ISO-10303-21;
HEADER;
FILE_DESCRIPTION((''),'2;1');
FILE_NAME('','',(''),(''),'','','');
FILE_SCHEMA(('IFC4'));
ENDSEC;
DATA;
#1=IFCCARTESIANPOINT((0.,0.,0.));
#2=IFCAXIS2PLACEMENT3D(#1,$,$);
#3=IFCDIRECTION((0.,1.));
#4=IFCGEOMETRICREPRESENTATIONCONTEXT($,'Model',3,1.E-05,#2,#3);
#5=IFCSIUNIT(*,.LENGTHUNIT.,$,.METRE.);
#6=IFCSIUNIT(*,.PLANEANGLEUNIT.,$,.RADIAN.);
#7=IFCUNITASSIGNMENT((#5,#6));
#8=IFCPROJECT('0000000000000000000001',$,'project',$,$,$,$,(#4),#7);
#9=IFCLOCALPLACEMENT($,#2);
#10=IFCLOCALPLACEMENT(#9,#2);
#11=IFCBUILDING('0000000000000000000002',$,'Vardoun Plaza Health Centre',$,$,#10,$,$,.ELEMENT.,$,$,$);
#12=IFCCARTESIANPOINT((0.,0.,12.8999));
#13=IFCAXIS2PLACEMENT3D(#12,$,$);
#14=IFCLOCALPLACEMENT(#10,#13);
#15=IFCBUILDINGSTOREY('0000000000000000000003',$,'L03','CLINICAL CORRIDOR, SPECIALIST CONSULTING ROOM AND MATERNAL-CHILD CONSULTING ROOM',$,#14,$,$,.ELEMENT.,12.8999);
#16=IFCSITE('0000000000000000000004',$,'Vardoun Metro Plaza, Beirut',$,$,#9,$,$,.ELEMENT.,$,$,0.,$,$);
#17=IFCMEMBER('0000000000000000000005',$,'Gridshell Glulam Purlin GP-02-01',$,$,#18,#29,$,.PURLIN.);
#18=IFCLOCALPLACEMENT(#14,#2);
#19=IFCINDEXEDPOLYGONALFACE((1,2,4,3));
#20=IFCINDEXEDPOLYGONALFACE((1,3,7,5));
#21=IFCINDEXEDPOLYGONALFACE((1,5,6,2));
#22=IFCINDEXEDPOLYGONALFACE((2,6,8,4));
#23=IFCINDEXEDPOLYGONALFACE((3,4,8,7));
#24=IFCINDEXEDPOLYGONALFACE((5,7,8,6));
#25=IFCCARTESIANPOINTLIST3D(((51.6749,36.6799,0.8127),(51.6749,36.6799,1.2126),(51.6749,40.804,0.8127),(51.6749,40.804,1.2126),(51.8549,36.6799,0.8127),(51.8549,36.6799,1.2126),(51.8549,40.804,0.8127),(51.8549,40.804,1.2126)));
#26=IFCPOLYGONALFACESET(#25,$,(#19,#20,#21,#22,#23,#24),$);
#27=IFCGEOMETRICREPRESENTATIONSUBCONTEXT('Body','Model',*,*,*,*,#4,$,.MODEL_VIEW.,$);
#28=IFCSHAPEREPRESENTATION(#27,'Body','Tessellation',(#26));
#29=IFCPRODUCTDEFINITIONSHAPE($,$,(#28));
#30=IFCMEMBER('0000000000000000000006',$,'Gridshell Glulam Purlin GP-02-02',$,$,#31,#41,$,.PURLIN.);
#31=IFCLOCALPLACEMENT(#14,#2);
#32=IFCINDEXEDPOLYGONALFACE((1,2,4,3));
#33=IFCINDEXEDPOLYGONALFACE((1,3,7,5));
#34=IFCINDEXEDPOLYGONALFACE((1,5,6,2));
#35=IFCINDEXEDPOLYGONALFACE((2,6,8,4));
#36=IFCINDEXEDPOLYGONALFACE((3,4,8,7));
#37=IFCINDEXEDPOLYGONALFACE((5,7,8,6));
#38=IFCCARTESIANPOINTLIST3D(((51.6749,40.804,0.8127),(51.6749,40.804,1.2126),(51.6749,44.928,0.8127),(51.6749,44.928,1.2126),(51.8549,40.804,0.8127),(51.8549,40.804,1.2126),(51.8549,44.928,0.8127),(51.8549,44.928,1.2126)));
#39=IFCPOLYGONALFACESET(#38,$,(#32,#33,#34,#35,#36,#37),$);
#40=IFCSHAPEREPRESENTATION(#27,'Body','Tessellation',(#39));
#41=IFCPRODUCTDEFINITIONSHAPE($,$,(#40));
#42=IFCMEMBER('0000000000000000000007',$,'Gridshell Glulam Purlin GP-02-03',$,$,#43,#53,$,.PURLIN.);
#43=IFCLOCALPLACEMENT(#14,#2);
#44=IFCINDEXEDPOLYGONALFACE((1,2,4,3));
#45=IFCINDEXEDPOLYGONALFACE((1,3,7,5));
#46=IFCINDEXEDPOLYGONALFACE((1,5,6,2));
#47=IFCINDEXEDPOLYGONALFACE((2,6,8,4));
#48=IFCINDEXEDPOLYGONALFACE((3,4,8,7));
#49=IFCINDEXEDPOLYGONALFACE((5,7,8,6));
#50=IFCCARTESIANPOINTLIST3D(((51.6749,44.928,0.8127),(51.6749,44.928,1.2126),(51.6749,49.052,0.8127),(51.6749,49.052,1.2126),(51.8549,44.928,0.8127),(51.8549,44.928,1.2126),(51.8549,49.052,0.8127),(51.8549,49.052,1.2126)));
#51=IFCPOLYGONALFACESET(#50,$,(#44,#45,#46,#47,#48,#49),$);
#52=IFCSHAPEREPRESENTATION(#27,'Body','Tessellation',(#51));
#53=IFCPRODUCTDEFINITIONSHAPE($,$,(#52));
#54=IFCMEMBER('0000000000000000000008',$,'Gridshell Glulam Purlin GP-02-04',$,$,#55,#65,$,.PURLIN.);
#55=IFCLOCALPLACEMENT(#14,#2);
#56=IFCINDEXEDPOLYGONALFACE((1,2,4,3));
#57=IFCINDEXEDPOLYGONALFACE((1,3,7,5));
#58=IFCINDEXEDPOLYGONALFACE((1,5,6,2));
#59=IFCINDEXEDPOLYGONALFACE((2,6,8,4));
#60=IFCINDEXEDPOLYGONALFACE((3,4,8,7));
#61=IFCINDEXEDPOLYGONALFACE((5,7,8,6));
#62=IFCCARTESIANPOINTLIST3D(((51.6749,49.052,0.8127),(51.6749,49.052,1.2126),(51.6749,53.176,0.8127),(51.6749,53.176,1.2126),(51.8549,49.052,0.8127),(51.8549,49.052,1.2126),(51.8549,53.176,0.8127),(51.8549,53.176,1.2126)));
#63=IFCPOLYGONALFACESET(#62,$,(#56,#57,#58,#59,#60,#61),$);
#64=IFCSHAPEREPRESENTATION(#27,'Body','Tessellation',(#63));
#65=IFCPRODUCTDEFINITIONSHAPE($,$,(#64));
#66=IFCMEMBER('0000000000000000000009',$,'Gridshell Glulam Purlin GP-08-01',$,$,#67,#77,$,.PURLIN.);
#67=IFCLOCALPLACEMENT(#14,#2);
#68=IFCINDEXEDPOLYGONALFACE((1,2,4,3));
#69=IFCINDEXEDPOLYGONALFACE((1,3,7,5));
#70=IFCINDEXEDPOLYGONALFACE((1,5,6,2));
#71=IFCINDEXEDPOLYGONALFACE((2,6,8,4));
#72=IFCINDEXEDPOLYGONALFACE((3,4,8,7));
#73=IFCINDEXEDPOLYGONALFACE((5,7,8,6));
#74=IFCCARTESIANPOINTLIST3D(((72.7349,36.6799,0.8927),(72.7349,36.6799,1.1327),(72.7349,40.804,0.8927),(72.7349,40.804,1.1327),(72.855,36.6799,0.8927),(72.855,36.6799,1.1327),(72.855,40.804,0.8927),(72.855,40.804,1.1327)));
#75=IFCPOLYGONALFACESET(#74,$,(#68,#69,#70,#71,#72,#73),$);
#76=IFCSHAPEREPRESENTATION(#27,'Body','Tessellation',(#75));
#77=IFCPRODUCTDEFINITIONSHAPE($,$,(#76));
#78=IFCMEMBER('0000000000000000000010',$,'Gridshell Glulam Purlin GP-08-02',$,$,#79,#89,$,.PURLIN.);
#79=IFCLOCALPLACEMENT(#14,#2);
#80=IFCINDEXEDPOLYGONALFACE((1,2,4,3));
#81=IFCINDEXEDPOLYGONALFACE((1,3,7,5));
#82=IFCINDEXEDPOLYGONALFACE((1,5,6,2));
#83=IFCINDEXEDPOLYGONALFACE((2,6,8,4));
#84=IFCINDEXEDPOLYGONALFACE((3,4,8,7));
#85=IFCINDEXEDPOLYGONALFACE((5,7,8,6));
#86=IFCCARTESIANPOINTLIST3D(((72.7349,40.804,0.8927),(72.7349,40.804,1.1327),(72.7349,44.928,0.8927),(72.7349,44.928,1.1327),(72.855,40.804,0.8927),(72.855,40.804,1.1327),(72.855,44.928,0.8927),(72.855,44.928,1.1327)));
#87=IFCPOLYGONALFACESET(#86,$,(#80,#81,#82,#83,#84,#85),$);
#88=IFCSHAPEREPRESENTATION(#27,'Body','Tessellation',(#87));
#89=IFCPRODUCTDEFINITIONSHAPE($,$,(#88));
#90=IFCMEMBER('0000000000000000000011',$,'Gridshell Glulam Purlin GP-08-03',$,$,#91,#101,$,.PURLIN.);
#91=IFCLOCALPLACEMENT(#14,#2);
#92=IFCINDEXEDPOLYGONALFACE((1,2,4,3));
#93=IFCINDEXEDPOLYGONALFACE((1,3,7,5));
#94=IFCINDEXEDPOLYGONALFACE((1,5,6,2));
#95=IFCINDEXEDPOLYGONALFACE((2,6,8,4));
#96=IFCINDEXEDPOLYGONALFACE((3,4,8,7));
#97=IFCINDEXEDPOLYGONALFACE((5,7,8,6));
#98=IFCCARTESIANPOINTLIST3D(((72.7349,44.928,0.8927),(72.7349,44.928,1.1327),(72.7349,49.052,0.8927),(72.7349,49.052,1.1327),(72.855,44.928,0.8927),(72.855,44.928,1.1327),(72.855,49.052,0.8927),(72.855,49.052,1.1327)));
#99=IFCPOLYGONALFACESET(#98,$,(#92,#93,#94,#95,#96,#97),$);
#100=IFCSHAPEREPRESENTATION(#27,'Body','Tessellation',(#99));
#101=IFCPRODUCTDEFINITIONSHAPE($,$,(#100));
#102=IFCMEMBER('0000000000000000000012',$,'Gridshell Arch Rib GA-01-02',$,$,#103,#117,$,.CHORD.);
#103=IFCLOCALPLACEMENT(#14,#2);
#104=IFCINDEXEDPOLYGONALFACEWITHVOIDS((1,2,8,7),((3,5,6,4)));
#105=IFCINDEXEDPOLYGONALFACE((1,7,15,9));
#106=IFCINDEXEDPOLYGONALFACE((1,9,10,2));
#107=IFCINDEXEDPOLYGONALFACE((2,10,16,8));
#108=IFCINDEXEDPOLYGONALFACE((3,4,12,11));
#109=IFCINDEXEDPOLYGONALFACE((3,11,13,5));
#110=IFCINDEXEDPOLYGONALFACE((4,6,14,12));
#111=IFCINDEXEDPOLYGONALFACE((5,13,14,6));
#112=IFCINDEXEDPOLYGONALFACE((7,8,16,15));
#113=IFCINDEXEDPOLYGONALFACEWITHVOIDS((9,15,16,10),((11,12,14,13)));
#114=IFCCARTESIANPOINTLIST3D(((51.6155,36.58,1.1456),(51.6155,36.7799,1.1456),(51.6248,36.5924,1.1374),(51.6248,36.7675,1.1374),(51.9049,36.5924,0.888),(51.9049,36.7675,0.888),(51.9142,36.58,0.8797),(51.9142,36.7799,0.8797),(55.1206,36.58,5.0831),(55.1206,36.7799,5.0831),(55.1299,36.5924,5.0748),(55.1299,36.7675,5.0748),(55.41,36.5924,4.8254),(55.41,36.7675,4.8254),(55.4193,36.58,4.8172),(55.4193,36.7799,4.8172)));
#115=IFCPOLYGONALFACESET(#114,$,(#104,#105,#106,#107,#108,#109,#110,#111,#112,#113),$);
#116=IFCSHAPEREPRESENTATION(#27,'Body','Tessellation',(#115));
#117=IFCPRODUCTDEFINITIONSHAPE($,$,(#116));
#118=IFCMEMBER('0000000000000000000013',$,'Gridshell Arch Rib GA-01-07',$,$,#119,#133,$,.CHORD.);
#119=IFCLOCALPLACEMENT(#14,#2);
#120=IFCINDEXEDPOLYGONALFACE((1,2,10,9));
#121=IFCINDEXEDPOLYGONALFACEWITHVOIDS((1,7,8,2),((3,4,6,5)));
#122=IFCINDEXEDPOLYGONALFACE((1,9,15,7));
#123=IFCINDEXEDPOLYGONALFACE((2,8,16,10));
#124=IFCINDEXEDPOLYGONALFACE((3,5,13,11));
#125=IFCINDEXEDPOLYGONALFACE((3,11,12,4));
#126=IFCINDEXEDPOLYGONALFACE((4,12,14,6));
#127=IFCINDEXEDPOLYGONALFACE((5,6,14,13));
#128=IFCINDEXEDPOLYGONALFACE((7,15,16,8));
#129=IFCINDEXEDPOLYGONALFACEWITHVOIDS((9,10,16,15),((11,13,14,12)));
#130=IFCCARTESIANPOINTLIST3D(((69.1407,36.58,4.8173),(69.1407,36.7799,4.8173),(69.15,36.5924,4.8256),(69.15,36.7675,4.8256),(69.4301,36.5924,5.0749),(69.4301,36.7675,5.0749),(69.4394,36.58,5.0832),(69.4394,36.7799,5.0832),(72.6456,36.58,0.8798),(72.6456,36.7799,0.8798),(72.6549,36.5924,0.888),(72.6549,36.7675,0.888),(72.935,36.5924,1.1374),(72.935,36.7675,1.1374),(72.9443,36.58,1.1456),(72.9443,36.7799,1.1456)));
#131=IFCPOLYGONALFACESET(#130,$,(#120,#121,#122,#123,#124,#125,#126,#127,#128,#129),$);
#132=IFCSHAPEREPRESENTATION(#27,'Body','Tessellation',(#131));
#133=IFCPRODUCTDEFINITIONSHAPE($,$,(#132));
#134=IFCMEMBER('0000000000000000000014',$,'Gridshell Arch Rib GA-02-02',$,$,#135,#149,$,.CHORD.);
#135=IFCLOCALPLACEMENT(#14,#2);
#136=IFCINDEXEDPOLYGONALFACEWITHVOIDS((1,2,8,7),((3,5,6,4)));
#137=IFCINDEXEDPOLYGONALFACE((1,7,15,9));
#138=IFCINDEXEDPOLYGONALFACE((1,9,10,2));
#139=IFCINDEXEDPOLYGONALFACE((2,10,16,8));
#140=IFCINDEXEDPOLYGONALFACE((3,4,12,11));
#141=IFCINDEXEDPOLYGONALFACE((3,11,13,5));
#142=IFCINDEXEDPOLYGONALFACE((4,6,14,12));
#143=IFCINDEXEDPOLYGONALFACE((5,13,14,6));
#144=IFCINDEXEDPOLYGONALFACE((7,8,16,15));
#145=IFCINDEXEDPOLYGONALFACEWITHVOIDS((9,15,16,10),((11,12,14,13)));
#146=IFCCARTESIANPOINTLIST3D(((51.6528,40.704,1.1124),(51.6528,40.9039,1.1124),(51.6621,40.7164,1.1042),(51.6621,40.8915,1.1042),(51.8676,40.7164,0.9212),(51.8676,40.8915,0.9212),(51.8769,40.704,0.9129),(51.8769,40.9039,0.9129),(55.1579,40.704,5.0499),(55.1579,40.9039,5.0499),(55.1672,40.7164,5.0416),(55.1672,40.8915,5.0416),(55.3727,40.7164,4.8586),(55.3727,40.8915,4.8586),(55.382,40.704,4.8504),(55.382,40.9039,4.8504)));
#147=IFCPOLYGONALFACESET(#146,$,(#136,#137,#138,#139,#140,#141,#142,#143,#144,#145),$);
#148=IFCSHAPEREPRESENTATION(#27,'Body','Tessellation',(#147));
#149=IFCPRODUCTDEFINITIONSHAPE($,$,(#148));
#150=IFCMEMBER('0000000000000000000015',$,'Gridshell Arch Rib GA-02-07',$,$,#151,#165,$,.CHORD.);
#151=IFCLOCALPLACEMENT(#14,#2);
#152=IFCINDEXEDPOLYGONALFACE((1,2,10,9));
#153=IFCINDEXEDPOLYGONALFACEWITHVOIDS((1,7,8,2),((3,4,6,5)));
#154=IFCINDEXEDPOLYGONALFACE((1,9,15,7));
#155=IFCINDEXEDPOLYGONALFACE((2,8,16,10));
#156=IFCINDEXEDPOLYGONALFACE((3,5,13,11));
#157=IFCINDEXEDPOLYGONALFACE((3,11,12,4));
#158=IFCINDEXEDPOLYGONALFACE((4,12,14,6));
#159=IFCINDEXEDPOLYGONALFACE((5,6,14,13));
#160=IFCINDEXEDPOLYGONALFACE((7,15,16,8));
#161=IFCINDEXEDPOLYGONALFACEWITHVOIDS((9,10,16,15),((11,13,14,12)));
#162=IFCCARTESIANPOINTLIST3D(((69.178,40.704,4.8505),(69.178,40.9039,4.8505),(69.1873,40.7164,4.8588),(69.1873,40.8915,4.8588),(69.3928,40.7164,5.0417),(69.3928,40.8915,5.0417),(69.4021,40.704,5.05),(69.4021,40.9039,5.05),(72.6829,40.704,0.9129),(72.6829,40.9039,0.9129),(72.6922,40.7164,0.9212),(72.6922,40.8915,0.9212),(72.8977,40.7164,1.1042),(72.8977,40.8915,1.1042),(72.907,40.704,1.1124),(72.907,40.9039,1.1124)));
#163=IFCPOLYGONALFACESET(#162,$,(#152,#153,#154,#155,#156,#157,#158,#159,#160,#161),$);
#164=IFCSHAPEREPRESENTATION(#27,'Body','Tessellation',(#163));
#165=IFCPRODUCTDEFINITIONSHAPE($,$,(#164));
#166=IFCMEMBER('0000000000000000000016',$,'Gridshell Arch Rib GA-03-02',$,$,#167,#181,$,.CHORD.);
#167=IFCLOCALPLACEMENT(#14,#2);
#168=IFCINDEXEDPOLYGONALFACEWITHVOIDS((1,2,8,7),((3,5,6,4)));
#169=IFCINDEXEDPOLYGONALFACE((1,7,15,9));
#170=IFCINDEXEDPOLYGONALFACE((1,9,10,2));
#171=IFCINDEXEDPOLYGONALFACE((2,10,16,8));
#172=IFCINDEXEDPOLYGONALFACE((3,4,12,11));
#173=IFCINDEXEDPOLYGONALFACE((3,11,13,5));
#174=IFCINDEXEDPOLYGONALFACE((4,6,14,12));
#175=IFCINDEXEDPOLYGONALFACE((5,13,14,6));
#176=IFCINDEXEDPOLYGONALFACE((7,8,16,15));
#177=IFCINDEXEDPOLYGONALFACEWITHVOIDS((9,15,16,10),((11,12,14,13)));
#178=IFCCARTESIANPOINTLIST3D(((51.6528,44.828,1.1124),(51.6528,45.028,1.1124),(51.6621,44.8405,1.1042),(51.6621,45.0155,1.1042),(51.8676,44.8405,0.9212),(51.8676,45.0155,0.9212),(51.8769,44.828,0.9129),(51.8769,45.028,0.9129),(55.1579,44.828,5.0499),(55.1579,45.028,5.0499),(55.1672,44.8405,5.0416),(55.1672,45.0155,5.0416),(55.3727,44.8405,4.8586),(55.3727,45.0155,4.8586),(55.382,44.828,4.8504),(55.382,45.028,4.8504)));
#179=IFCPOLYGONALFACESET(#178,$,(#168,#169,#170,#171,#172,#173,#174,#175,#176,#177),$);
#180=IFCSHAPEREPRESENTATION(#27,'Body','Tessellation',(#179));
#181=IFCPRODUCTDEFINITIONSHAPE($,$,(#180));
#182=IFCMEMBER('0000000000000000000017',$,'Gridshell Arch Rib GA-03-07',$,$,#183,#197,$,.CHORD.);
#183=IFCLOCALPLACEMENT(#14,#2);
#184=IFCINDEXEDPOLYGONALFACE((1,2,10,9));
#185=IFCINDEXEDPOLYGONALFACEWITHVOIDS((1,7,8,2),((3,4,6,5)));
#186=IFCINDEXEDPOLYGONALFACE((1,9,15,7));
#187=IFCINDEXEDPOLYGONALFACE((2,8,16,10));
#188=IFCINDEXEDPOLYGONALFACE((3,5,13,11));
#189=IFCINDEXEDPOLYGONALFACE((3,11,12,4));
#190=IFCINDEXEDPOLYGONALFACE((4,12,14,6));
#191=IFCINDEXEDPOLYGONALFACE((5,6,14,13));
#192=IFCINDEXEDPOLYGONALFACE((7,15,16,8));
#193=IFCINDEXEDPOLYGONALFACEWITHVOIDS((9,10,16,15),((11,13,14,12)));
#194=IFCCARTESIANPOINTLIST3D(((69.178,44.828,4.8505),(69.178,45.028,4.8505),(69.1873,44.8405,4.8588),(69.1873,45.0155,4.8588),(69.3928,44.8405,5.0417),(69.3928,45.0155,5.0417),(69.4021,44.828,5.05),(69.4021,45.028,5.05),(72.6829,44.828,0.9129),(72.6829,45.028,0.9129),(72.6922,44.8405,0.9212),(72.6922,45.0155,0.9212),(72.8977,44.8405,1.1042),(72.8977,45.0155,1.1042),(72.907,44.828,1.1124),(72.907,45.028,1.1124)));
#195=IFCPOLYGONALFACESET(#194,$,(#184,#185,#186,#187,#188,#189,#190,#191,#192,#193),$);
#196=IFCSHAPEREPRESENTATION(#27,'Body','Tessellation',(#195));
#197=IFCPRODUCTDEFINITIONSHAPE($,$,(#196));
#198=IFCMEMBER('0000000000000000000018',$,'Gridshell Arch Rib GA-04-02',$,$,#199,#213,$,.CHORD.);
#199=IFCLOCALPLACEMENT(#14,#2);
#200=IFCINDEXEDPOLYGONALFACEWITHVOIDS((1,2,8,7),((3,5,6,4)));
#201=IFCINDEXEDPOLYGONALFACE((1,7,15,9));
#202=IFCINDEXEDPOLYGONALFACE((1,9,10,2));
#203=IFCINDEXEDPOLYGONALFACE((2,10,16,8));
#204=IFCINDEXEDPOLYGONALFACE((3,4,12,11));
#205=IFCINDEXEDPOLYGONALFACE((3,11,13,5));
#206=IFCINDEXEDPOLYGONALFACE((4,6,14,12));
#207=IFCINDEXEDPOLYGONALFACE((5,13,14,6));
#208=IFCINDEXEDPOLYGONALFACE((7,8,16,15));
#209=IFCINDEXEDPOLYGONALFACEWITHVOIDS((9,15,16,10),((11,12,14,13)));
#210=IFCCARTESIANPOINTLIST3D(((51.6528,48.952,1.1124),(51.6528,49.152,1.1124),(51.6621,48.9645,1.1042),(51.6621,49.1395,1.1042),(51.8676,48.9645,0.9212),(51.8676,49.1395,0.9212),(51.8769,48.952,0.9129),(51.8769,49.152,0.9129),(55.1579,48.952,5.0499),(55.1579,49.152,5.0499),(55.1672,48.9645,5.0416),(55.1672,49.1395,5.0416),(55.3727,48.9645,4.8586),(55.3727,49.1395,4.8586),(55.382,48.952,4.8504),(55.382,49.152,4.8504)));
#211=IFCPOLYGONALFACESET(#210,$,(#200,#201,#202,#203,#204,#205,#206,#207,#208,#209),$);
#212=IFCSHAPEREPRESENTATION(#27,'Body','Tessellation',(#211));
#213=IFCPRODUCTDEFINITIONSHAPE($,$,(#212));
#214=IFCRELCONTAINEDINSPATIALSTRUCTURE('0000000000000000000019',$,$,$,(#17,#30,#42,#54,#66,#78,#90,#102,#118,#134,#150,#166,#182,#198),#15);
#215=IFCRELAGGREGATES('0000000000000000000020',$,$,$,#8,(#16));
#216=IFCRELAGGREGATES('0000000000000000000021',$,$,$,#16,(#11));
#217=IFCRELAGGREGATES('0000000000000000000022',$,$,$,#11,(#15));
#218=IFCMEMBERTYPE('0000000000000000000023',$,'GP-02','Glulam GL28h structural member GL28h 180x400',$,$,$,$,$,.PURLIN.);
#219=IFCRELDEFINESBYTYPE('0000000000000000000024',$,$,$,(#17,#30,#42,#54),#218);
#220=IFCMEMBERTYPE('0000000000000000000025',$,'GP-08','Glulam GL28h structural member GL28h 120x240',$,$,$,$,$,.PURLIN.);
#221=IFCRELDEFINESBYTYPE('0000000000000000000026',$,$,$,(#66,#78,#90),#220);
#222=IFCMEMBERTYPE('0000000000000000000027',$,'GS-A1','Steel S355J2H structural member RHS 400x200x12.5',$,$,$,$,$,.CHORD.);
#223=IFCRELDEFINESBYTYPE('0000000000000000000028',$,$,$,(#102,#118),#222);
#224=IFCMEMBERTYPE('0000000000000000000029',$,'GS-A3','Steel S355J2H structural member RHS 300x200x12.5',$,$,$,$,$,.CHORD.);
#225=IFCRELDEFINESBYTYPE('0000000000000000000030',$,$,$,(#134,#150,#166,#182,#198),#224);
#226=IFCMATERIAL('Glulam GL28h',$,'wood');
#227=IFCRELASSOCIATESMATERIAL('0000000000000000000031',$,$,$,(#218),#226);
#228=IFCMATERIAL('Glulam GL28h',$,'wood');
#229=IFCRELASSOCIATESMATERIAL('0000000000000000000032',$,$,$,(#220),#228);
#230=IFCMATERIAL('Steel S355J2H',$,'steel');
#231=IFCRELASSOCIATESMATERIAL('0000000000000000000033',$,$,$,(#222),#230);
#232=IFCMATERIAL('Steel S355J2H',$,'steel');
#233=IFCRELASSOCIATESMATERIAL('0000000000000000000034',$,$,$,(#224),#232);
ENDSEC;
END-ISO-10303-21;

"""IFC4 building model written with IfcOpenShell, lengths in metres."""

from ifc_helpers import new_model, si_unit, direction, frame, origin, origin_2d, place, context, subcontext, project, spatial, rectangle, hollow_rectangle, extrude, material, material_profile, profile_set, type_object, element, save


model = new_model("IFC4")

# Units and contexts
model_context = context("Model", 3, precision=1e-05, world=origin(), true_north=direction((0.0, 1.0)))
body_context = subcontext(model_context, "Body", "Model", "MODEL_VIEW")
ifc_project = project(units=[si_unit("LENGTHUNIT", "METRE"), si_unit("PLANEANGLEUNIT", "RADIAN")], contexts=[model_context])

# Site, building, storey
site_placement = place(None, origin())
site = spatial("IfcSite", under=ifc_project, at=site_placement, Name="Vardoun Metro Plaza, Beirut", CompositionType="ELEMENT", RefElevation=0.0)
building_placement = place(site_placement, origin())
building = spatial("IfcBuilding", under=site, at=building_placement, Name="Vardoun Plaza Health Centre", CompositionType="ELEMENT")
storey_placement = place(building_placement, frame((0.0, 0.0, 12.8999)))
storey = spatial("IfcBuildingStorey", under=building, at=storey_placement, Name="L03", Description="CLINICAL CORRIDOR, SPECIALIST CONSULTING ROOM AND MATERNAL-CHILD CONSULTING ROOM", CompositionType="ELEMENT", Elevation=12.8999)

# Members
ifc_material_1 = material(Name="Glulam GL28h", Category="wood")
ifc_material_profile_1 = material_profile(ifc_material_1, rectangle(XDim=0.1799, YDim=0.3999, at=origin_2d()), Name="GL28h 180x400")
ifc_profile_set_1 = profile_set([ifc_material_profile_1], Name="Glulam GL28h")
member_type_1 = type_object("IfcMemberType", Name="GP-02", Description="Glulam GL28h structural member GL28h 180x400", PredefinedType="PURLIN", material=ifc_profile_set_1)
for number, where, z_axis, x_axis, name in (
    (1, (51.7649, 36.6799, 1.0127), (0.0, 1.0, 0.0), (-1.0, 0.0, 0.0), "Gridshell Glulam Purlin GP-02-01"),
    (2, (51.7649, 40.804, 1.0127), (0.0, 1.0, 0.0), (-1.0, 0.0, 0.0), "Gridshell Glulam Purlin GP-02-02"),
    (3, (51.7649, 44.928, 1.0127), (0.0, 1.0, 0.0), (-1.0, 0.0, 0.0), "Gridshell Glulam Purlin GP-02-03"),
    (4, (51.7649, 49.052, 1.0127), (0.0, 1.0, 0.0), (-1.0, 0.0, 0.0), "Gridshell Glulam Purlin GP-02-04"),
):
    element("IfcMember", number, at=place(storey_placement, frame(where, z_axis=z_axis, x_axis=x_axis)), inside=storey, type_object=member_type_1, Name=name, PredefinedType="PURLIN", context=body_context, shape_type="SweptSolid", body=[
        extrude(rectangle(XDim=0.1799, YDim=0.3999, at=origin_2d()), origin(), (0.0, 0.0, 1.0), 4.124),
    ])
ifc_material_2 = material(Name="Glulam GL28h", Category="wood")
ifc_material_profile_2 = material_profile(ifc_material_2, rectangle(XDim=0.1201, YDim=0.24, at=origin_2d()), Name="GL28h 120x240")
ifc_profile_set_2 = profile_set([ifc_material_profile_2], Name="Glulam GL28h")
member_type_2 = type_object("IfcMemberType", Name="GP-08", Description="Glulam GL28h structural member GL28h 120x240", PredefinedType="PURLIN", material=ifc_profile_set_2)
for number, where, z_axis, x_axis, name in (
    (5, (72.7949, 36.6799, 1.0127), (0.0, 1.0, 0.0), (-1.0, 0.0, 0.0), "Gridshell Glulam Purlin GP-08-01"),
    (6, (72.7949, 40.804, 1.0127), (0.0, 1.0, 0.0), (-1.0, 0.0, 0.0), "Gridshell Glulam Purlin GP-08-02"),
    (7, (72.7949, 44.928, 1.0127), (0.0, 1.0, 0.0), (-1.0, 0.0, 0.0), "Gridshell Glulam Purlin GP-08-03"),
):
    element("IfcMember", number, at=place(storey_placement, frame(where, z_axis=z_axis, x_axis=x_axis)), inside=storey, type_object=member_type_2, Name=name, PredefinedType="PURLIN", context=body_context, shape_type="SweptSolid", body=[
        extrude(rectangle(XDim=0.1201, YDim=0.24, at=origin_2d()), origin(), (0.0, 0.0, 1.0), 4.124),
    ])
ifc_material_3 = material(Name="Steel S355J2H", Category="steel")
ifc_material_profile_3 = material_profile(ifc_material_3, hollow_rectangle(XDim=0.2, YDim=0.3999, WallThickness=0.0125, at=origin_2d()), Name="RHS 400x200x12.5")
ifc_profile_set_3 = profile_set([ifc_material_profile_3], Name="Steel S355J2H")
member_type_3 = type_object("IfcMemberType", Name="GS-A1", Description="Steel S355J2H structural member RHS 400x200x12.5", PredefinedType="CHORD", material=ifc_profile_set_3)
for number, where, z_axis, x_axis, name in (
    (8, (51.7649, 36.6799, 1.0127), (0.664907, 0.0, 0.746926), (0.0, 1.0, 0.0), "Gridshell Arch Rib GA-01-02"),
    (9, (72.7949, 36.6799, 1.0127), (-0.664881, 0.0, 0.746949), (0.0, -1.0, 0.0), "Gridshell Arch Rib GA-01-07"),
):
    element("IfcMember", number, at=place(storey_placement, frame(where, z_axis=z_axis, x_axis=x_axis)), inside=storey, type_object=member_type_3, Name=name, PredefinedType="CHORD", context=body_context, shape_type="SweptSolid", body=[
        extrude(hollow_rectangle(XDim=0.2, YDim=0.3999, WallThickness=0.0125, at=origin_2d()), origin(), (0.0, 0.0, 1.0), 5.2715),
    ])
ifc_material_4 = material(Name="Steel S355J2H", Category="steel")
ifc_material_profile_4 = material_profile(ifc_material_4, hollow_rectangle(XDim=0.2, YDim=0.3, WallThickness=0.0125, at=origin_2d()), Name="RHS 300x200x12.5")
ifc_profile_set_4 = profile_set([ifc_material_profile_4], Name="Steel S355J2H")
member_type_4 = type_object("IfcMemberType", Name="GS-A3", Description="Steel S355J2H structural member RHS 300x200x12.5", PredefinedType="CHORD", material=ifc_profile_set_4)
for number, where, z_axis, x_axis, name in (
    (10, (51.7649, 40.804, 1.0127), (0.664907, 0.0, 0.746926), (0.0, 1.0, 0.0), "Gridshell Arch Rib GA-02-02"),
    (11, (72.7949, 40.804, 1.0127), (-0.664881, 0.0, 0.746949), (0.0, -1.0, 0.0), "Gridshell Arch Rib GA-02-07"),
    (12, (51.7649, 44.928, 1.0127), (0.664907, 0.0, 0.746926), (0.0, 1.0, 0.0), "Gridshell Arch Rib GA-03-02"),
    (13, (72.7949, 44.928, 1.0127), (-0.664881, 0.0, 0.746949), (0.0, -1.0, 0.0), "Gridshell Arch Rib GA-03-07"),
    (14, (51.7649, 49.052, 1.0127), (0.664907, 0.0, 0.746926), (0.0, 1.0, 0.0), "Gridshell Arch Rib GA-04-02"),
):
    element("IfcMember", number, at=place(storey_placement, frame(where, z_axis=z_axis, x_axis=x_axis)), inside=storey, type_object=member_type_4, Name=name, PredefinedType="CHORD", context=body_context, shape_type="SweptSolid", body=[
        extrude(hollow_rectangle(XDim=0.2, YDim=0.3, WallThickness=0.0125, at=origin_2d()), origin(), (0.0, 0.0, 1.0), 5.2715),
    ])

save(model, "model.ifc")
